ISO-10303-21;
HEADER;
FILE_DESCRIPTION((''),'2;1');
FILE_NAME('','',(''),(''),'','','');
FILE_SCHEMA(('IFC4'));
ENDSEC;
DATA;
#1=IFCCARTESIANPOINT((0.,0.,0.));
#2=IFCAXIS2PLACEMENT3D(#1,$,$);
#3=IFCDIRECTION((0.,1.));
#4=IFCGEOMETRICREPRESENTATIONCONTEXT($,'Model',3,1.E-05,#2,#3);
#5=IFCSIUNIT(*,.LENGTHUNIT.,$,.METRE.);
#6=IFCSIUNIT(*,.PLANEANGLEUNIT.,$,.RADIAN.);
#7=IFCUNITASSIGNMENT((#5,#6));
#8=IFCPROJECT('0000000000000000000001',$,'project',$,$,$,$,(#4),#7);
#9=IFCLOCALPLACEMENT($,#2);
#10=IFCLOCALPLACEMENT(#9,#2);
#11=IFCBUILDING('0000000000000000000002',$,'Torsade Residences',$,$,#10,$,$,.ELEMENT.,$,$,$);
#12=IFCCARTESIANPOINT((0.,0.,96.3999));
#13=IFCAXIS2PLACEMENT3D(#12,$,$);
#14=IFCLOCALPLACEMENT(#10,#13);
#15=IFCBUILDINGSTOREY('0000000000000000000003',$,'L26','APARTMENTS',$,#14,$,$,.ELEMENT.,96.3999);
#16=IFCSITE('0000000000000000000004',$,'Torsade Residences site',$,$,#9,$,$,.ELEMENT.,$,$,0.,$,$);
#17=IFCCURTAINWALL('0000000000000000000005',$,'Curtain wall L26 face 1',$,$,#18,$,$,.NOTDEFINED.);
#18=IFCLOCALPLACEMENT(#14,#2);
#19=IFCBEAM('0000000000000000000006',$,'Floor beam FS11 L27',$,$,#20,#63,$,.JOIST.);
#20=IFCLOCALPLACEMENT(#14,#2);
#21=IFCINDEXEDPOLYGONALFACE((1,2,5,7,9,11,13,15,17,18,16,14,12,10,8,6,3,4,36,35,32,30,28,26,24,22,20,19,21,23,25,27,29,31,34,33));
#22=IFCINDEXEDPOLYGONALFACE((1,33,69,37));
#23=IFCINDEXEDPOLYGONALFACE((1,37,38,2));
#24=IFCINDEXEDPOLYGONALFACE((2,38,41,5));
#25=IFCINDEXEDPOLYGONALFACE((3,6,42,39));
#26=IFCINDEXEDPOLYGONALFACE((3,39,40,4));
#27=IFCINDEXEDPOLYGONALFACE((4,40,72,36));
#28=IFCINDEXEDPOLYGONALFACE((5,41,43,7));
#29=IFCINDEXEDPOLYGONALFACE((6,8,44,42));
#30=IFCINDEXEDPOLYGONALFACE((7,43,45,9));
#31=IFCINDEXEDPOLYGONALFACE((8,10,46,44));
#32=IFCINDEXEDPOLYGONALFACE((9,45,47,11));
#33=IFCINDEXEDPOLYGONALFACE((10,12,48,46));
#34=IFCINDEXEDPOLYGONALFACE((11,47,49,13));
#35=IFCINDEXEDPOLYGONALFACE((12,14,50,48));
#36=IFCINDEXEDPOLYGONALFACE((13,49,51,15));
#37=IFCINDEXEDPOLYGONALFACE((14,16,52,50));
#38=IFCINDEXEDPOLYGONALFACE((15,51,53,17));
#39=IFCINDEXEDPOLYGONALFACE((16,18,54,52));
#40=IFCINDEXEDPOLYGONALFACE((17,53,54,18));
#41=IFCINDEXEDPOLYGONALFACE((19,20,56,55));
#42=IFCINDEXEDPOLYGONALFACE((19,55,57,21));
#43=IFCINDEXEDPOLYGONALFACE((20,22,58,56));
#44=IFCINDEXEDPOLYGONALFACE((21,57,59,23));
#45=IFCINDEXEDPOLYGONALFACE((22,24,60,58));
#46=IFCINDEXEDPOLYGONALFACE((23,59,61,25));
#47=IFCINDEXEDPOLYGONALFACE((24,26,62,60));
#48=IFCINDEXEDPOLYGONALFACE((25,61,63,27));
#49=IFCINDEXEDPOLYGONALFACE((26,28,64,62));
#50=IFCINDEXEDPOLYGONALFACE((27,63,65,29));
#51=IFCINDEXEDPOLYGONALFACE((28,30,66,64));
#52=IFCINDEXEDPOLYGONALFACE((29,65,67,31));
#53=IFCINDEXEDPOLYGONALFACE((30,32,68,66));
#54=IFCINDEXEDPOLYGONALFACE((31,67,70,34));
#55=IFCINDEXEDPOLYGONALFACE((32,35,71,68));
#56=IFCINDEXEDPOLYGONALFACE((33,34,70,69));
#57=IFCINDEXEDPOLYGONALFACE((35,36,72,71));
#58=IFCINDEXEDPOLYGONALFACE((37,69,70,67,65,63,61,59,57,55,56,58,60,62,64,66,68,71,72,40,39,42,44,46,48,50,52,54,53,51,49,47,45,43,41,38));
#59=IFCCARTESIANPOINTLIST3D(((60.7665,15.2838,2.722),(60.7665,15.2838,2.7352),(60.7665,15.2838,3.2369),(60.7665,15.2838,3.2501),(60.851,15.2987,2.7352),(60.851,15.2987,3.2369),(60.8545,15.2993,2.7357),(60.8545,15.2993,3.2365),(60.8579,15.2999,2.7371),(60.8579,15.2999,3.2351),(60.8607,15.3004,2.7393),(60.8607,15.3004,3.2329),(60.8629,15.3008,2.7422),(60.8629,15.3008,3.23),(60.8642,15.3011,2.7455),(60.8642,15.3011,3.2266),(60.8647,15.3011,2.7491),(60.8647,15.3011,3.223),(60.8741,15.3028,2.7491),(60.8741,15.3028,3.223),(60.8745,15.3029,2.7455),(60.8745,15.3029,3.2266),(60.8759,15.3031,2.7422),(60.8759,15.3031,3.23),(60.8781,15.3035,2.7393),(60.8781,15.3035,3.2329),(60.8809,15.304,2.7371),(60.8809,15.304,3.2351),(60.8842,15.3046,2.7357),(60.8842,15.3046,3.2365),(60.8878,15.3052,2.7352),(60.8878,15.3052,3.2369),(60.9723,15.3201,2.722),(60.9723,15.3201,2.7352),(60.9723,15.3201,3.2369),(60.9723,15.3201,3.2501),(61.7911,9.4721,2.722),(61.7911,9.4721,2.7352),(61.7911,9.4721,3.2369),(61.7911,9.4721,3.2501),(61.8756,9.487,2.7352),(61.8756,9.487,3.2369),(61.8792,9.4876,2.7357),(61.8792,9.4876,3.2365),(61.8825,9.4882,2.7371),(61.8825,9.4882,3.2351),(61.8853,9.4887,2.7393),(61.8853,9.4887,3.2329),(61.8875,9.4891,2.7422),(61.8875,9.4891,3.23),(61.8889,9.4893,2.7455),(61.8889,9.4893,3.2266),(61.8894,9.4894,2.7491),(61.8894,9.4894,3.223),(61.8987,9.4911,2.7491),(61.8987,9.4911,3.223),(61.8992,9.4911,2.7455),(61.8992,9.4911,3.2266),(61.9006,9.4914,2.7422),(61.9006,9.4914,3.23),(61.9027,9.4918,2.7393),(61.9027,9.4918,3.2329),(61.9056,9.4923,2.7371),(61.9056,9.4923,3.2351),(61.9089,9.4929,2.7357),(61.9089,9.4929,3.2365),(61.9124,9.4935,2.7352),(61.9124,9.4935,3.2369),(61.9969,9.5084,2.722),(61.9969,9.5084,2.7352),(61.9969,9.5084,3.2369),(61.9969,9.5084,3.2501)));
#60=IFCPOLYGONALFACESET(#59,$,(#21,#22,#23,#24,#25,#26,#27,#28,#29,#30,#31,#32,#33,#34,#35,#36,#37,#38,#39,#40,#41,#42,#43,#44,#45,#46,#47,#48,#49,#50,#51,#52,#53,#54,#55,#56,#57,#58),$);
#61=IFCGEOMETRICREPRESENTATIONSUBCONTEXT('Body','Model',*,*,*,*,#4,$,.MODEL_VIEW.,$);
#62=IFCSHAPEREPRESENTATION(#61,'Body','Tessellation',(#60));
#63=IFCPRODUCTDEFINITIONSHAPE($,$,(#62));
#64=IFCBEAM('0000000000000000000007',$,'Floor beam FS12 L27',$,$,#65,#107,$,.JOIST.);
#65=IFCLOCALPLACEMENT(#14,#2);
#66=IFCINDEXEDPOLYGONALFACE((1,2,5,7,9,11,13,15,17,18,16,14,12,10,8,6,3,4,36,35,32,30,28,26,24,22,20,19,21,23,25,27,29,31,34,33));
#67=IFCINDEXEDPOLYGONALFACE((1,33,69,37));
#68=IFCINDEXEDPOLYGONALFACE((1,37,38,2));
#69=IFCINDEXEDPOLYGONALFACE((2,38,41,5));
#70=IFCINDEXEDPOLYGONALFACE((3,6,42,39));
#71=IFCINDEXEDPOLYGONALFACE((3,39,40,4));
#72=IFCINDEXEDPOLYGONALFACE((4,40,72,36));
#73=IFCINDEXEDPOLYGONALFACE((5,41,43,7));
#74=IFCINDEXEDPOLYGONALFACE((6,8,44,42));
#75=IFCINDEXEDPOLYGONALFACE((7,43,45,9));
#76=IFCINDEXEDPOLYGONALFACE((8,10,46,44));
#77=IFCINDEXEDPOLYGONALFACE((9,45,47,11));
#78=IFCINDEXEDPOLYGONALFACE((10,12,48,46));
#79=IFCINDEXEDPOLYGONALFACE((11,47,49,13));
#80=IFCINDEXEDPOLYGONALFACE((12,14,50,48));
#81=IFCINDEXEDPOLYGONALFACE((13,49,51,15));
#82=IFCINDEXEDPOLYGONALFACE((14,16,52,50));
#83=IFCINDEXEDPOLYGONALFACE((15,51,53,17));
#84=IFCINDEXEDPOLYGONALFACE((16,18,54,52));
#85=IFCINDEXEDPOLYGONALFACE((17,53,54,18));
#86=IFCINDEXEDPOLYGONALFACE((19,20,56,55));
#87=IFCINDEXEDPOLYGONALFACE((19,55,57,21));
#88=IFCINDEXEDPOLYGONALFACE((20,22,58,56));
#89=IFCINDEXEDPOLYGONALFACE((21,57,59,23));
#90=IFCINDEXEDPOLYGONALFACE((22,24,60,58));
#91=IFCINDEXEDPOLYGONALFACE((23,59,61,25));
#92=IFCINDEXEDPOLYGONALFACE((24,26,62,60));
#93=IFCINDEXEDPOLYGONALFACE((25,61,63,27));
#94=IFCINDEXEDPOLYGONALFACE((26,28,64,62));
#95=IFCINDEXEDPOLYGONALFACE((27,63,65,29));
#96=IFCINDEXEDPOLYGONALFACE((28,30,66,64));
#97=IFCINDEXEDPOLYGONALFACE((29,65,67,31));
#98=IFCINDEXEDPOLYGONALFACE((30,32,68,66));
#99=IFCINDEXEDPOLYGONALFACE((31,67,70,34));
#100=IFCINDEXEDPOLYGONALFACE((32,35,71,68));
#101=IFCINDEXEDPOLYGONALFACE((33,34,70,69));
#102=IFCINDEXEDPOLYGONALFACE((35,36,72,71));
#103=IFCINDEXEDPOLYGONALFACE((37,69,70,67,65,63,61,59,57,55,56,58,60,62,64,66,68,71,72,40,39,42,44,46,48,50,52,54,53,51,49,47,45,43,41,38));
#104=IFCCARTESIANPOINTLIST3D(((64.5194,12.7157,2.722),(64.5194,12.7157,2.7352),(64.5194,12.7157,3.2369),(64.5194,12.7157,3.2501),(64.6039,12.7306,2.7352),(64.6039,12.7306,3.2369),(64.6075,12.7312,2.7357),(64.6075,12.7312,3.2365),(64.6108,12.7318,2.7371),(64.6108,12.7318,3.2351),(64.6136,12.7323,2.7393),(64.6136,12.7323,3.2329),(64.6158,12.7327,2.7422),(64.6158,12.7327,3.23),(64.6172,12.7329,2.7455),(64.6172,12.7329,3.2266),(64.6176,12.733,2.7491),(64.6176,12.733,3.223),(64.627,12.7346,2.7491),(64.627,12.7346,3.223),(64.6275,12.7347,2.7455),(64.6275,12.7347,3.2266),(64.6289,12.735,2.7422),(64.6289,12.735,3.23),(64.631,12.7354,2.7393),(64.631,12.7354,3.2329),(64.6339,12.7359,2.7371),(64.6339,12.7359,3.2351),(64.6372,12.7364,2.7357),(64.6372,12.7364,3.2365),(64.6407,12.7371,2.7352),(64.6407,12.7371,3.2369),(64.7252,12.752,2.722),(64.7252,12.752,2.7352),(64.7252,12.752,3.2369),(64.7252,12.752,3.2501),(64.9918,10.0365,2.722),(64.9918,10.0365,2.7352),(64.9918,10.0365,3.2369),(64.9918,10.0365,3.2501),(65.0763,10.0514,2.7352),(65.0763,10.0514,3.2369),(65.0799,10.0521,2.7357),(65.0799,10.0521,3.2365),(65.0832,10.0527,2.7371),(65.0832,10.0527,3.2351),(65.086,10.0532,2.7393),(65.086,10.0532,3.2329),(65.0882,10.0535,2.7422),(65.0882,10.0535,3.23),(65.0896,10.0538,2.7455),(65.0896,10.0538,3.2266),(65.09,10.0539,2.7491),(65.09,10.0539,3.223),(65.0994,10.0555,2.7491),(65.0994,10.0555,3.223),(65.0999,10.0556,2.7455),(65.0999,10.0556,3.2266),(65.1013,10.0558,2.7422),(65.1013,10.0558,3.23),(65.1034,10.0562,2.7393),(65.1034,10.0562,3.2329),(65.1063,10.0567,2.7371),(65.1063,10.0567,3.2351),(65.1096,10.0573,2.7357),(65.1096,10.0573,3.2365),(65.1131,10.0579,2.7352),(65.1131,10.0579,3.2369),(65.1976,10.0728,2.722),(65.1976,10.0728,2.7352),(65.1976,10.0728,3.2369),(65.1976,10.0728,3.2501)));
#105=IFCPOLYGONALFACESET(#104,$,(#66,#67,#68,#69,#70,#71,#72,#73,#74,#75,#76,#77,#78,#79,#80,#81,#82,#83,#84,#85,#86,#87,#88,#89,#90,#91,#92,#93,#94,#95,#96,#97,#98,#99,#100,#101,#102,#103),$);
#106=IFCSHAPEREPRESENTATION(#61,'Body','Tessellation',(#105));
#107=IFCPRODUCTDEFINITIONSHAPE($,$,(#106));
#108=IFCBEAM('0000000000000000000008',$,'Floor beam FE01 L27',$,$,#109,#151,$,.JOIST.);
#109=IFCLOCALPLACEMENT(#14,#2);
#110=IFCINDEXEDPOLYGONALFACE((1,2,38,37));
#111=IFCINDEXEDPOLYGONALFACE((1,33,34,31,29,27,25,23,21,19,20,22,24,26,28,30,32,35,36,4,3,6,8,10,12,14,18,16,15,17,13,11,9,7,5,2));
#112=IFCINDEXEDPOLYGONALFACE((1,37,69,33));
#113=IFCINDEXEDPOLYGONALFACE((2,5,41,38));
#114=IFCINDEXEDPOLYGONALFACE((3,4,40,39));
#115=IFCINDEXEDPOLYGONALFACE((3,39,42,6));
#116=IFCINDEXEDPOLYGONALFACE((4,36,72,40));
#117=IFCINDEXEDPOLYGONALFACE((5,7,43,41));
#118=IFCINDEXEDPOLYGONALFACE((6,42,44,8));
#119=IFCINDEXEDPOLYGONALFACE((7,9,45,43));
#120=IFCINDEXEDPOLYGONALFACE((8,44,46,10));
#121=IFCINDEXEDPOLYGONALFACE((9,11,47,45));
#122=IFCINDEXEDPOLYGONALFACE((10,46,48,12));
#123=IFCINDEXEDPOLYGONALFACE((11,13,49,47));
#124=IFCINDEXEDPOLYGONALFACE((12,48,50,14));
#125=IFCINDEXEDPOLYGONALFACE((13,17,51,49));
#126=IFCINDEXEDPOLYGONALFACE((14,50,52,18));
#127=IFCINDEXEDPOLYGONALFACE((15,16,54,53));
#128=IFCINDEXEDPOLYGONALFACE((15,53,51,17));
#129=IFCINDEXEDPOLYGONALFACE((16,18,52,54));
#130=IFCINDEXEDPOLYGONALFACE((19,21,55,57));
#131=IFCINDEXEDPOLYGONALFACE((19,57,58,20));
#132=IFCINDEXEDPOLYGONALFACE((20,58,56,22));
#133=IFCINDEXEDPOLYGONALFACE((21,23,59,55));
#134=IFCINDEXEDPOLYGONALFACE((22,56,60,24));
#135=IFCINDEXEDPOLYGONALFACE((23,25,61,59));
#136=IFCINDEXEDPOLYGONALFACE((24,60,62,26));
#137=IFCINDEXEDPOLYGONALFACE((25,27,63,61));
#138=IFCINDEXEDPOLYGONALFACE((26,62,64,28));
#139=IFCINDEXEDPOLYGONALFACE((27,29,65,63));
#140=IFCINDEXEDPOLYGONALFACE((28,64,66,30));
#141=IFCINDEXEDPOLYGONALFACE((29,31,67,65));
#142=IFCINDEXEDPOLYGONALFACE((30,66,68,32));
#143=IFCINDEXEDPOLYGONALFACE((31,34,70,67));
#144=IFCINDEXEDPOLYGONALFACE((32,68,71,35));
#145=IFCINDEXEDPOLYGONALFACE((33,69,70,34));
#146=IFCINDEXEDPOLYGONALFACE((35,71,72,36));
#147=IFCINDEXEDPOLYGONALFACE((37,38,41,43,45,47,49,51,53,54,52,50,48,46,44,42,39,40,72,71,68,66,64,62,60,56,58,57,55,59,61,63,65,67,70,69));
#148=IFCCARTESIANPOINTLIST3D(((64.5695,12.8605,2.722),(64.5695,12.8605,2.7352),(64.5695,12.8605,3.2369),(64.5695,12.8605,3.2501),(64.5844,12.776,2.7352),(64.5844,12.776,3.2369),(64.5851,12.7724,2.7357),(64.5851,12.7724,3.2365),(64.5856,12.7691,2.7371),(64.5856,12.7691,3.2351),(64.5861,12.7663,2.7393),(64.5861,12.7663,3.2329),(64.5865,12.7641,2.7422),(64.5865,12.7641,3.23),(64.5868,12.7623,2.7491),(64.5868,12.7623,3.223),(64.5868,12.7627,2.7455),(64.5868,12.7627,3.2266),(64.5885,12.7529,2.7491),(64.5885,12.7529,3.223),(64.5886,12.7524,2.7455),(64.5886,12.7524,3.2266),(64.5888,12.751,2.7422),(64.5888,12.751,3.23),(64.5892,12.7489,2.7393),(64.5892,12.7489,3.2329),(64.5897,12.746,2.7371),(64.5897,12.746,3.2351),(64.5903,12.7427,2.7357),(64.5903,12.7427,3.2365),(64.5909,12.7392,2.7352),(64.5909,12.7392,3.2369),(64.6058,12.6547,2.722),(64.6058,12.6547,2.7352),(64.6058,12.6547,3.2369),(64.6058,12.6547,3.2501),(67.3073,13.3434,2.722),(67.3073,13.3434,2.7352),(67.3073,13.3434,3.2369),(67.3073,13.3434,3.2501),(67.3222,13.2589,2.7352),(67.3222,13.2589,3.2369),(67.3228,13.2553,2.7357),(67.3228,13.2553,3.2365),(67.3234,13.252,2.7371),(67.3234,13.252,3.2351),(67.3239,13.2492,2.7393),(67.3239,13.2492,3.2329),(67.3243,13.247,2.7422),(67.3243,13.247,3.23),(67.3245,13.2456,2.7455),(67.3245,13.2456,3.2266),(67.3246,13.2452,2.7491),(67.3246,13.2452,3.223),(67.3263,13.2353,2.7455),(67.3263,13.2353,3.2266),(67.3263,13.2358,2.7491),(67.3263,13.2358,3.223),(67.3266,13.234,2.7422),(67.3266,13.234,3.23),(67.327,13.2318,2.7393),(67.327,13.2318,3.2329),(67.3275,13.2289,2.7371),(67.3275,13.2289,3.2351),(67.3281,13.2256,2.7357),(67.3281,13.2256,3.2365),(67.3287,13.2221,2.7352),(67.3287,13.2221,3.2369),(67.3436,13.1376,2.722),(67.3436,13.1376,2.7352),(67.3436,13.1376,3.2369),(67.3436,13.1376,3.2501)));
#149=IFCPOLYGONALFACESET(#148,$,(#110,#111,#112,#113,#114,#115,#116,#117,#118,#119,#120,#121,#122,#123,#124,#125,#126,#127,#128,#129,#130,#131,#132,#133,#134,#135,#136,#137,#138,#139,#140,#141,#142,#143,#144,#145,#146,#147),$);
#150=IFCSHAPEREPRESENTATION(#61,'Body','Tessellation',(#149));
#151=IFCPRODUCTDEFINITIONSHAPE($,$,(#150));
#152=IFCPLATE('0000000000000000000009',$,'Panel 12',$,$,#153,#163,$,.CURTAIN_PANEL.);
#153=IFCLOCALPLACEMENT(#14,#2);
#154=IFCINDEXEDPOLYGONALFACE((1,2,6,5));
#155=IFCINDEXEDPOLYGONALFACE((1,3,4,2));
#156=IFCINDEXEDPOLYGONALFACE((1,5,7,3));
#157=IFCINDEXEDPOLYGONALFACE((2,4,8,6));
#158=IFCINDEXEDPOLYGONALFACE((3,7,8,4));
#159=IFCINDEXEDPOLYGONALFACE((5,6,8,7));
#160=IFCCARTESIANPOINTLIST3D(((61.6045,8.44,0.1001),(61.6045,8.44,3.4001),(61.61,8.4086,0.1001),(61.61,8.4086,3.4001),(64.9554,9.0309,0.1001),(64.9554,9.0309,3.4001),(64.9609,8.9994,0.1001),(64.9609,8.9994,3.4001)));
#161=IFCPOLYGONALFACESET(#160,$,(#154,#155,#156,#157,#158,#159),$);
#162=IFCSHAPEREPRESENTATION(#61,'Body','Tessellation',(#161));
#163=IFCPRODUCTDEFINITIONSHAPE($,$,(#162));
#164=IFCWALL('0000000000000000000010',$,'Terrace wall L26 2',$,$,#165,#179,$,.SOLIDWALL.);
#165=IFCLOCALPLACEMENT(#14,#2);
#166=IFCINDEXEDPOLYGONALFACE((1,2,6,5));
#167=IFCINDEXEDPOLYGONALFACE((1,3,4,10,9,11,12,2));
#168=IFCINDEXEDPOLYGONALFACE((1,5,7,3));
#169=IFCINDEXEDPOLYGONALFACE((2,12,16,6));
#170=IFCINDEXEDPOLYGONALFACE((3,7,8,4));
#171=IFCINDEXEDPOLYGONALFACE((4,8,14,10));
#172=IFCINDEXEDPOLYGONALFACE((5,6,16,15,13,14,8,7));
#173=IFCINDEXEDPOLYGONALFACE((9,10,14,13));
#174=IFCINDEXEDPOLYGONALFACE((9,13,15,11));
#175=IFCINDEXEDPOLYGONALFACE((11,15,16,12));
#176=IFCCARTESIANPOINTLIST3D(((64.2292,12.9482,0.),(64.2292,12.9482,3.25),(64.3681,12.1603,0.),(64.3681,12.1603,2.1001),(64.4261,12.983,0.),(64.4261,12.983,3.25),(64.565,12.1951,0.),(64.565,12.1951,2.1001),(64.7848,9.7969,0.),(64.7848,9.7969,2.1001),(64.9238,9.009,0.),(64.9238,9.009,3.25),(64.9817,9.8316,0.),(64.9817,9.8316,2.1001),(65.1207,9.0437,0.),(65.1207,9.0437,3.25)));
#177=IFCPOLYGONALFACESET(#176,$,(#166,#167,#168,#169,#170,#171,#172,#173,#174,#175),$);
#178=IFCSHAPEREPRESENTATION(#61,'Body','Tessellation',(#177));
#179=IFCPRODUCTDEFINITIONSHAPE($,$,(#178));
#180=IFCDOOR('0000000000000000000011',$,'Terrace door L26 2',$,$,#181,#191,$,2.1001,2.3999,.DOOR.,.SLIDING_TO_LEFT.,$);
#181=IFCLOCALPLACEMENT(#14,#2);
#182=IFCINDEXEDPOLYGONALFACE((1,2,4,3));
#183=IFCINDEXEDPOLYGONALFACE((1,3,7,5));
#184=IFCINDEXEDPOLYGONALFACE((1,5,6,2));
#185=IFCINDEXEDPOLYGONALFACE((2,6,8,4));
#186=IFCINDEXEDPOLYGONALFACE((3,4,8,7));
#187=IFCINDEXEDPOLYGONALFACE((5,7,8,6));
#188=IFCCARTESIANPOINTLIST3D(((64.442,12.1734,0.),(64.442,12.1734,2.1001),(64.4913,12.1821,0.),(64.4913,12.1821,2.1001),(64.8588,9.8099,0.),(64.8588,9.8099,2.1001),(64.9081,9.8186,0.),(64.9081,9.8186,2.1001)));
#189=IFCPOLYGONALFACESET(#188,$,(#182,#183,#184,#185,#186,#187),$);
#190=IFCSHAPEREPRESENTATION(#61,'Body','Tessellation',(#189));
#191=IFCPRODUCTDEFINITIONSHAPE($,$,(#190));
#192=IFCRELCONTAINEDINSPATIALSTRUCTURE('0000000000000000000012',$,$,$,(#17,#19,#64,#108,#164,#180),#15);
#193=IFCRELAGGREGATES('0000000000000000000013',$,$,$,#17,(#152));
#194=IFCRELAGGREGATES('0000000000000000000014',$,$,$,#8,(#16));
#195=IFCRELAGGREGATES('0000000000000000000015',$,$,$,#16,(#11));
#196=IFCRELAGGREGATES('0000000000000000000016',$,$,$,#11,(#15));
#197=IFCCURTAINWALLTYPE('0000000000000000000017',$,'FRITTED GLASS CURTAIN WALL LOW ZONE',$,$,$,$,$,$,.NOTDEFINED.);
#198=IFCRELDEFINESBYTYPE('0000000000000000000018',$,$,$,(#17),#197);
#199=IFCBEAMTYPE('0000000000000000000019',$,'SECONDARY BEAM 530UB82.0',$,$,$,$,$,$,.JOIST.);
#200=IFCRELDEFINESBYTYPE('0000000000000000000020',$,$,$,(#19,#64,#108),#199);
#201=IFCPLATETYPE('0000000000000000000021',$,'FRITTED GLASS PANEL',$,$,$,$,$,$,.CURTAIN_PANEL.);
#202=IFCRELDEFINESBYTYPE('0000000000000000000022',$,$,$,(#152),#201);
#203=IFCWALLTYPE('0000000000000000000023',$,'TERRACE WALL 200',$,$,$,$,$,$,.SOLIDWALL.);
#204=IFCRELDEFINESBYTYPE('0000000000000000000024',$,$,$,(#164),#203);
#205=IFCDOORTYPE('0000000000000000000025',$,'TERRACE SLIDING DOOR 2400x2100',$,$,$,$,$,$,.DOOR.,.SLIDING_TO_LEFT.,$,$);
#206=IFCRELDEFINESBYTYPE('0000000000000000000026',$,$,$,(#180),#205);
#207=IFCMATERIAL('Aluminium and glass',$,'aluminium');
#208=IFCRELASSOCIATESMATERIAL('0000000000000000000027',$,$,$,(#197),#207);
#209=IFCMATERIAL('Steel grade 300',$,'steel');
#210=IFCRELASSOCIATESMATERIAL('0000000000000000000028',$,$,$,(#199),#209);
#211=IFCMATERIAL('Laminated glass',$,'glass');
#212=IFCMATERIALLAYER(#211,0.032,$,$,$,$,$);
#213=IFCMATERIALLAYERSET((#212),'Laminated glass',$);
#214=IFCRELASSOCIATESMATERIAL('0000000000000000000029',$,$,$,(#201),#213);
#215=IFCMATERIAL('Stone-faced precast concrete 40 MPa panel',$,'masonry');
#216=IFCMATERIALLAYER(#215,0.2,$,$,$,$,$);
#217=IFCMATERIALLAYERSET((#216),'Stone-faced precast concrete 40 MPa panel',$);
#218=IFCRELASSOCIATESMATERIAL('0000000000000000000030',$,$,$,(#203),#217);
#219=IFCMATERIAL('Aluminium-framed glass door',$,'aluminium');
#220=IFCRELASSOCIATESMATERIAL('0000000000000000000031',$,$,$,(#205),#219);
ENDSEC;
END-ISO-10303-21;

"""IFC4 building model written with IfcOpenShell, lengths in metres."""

from ifc_helpers import new_model, si_unit, direction, frame, frame_2d, origin, origin_2d, place, context, subcontext, project, spatial, rectangle, i_section, extrude, material, layer, layer_set, material_profile, profile_set, type_object, element, fill, aggregate, save


model = new_model("IFC4")

# Units and contexts
model_context = context("Model", 3, precision=1e-05, world=origin(), true_north=direction((0.0, 1.0)))
body_context = subcontext(model_context, "Body", "Model", "MODEL_VIEW")
ifc_project = project(units=[si_unit("LENGTHUNIT", "METRE"), si_unit("PLANEANGLEUNIT", "RADIAN")], contexts=[model_context])

# Site, building, storey
site_placement = place(None, origin())
site = spatial("IfcSite", under=ifc_project, at=site_placement, Name="Torsade Residences site", CompositionType="ELEMENT", RefElevation=0.0)
building_placement = place(site_placement, origin())
building = spatial("IfcBuilding", under=site, at=building_placement, Name="Torsade Residences", CompositionType="ELEMENT")
storey_placement = place(building_placement, frame((0.0, 0.0, 96.3999)))
storey = spatial("IfcBuildingStorey", under=building, at=storey_placement, Name="L26", Description="APARTMENTS", CompositionType="ELEMENT", Elevation=96.3999)

# Curtain wall
ifc_material_1 = material(Name="Aluminium and glass", Category="aluminium")
curtain_wall_type = type_object("IfcCurtainWallType", Name="FRITTED GLASS CURTAIN WALL LOW ZONE", PredefinedType="NOTDEFINED", material=ifc_material_1)
curtain_wall_1_placement = place(storey_placement, origin())
curtain_wall_1 = element("IfcCurtainWall", 1, at=curtain_wall_1_placement, inside=storey, type_object=curtain_wall_type, Name="Curtain wall L26 face 1", PredefinedType="NOTDEFINED")

# Beams
ifc_material_2 = material(Name="Steel grade 300", Category="steel")
ifc_material_profile_1 = material_profile(ifc_material_2, i_section(OverallWidth=0.209, OverallDepth=0.5281, WebThickness=0.0095, FlangeThickness=0.0132, FilletRadius=0.0139, at=origin_2d()), Name="530UB82.0")
ifc_profile_set_1 = profile_set([ifc_material_profile_1], Name="Steel grade 300")
beam_type_1 = type_object("IfcBeamType", Name="SECONDARY BEAM 530UB82.0", PredefinedType="JOIST", material=ifc_profile_set_1)
beam_1_placement = place(storey_placement, frame((61.894, 9.4902, 2.9861), z_axis=(-0.17363, 0.984811, 0.0), x_axis=(-0.984811, -0.17363, 0.0)))
element("IfcBeam", 2, at=beam_1_placement, inside=storey, type_object=beam_type_1, Name="Floor beam FS11 L27", PredefinedType="JOIST", context=body_context, shape_type="SweptSolid", body=[
    extrude(i_section(OverallWidth=0.209, OverallDepth=0.5281, WebThickness=0.0095, FlangeThickness=0.0132, FilletRadius=0.0139, at=origin_2d()), origin(), (0.0, 0.0, 1.0), 5.9014),
])
beam_2_placement = place(storey_placement, frame((65.0947, 10.0547, 2.9861), z_axis=(-0.173647, 0.984808, 0.0), x_axis=(-0.984808, -0.173647, 0.0)))
element("IfcBeam", 3, at=beam_2_placement, inside=storey, type_object=beam_type_1, Name="Floor beam FS12 L27", PredefinedType="JOIST", context=body_context, shape_type="SweptSolid", body=[
    extrude(i_section(OverallWidth=0.209, OverallDepth=0.5281, WebThickness=0.0095, FlangeThickness=0.0132, FilletRadius=0.0139, at=origin_2d()), origin(), (0.0, 0.0, 1.0), 2.7205),
])
beam_3_placement = place(storey_placement, frame((67.3254, 13.2405, 2.9861), z_axis=(-0.984798, -0.173705, 0.0), x_axis=(0.173705, -0.984798, 0.0)))
element("IfcBeam", 4, at=beam_3_placement, inside=storey, type_object=beam_type_1, Name="Floor beam FE01 L27", PredefinedType="JOIST", context=body_context, shape_type="SweptSolid", body=[
    extrude(i_section(OverallWidth=0.209, OverallDepth=0.5281, WebThickness=0.0095, FlangeThickness=0.0132, FilletRadius=0.0139, at=origin_2d()), origin(), (0.0, 0.0, 1.0), 2.78),
])

# Plate
ifc_material_3 = material(Name="Laminated glass", Category="glass")
ifc_layer_1 = layer(ifc_material_3, 0.032)
ifc_layer_set_1 = layer_set([ifc_layer_1], Name="Laminated glass")
plate_type = type_object("IfcPlateType", Name="FRITTED GLASS PANEL", PredefinedType="CURTAIN_PANEL", material=ifc_layer_set_1)
plate_placement = place(storey_placement, frame((63.2827, 8.7197, 0.1001), z_axis=(0.0, 0.0, 1.0), x_axis=(0.984808, 0.173648, 0.0)))
plate = element("IfcPlate", 5, at=plate_placement, type_object=plate_type, Name="Panel 12", PredefinedType="CURTAIN_PANEL", context=body_context, shape_type="SweptSolid", body=[
    extrude(rectangle(XDim=3.4026, YDim=0.032, at=origin_2d()), origin(), (0.0, 0.0, 1.0), 3.3),
])
aggregate(curtain_wall_1, [plate])

# Wall, opening, door
ifc_material_4 = material(Name="Stone-faced precast concrete 40 MPa panel", Category="masonry")
ifc_layer_2 = layer(ifc_material_4, 0.2)
ifc_layer_set_2 = layer_set([ifc_layer_2], Name="Stone-faced precast concrete 40 MPa panel")
wall_type = type_object("IfcWallType", Name="TERRACE WALL 200", PredefinedType="SOLIDWALL", material=ifc_layer_set_2)
wall_1_placement = place(storey_placement, frame((65.0222, 9.0264, 0.0), z_axis=(0.0, 0.0, 1.0), x_axis=(-0.173646, 0.984808, 0.0)))
wall_1 = element("IfcWall", 6, at=wall_1_placement, inside=storey, type_object=wall_type, Name="Terrace wall L26 2", PredefinedType="SOLIDWALL", context=body_context, shape_type="SweptSolid", body=[
    extrude(rectangle(XDim=4.0, YDim=0.2, at=frame_2d((2.0, 0.0))), origin(), (0.0, 0.0, 1.0), 3.25),
])
opening_1_placement = place(wall_1_placement, frame((0.8, 0.0, 0.0)))
opening_1 = element("IfcOpeningElement", 7, at=opening_1_placement, cuts=wall_1, PredefinedType="OPENING", context=body_context, shape_type="SweptSolid", body=[
    extrude(rectangle(XDim=2.3999, YDim=2.1001, at=frame_2d((1.2, 1.05))), frame((0.0, 0.1099, 0.0), z_axis=(0.0, -1.0, 0.0), x_axis=(1.0, 0.0, 0.0)), (0.0, 0.0, 1.0), 0.22),
])
ifc_material_5 = material(Name="Aluminium-framed glass door", Category="aluminium")
door_type = type_object("IfcDoorType", Name="TERRACE SLIDING DOOR 2400x2100", OperationType="SLIDING_TO_LEFT", PredefinedType="DOOR", material=ifc_material_5)
door_placement = place(opening_1_placement, origin())
door = element("IfcDoor", 8, at=door_placement, inside=storey, type_object=door_type, Name="Terrace door L26 2", OperationType="SLIDING_TO_LEFT", OverallHeight=2.1001, OverallWidth=2.3999, PredefinedType="DOOR", context=body_context, shape_type="SweptSolid", body=[
    extrude(rectangle(XDim=2.3999, YDim=2.1001, at=frame_2d((1.2, 1.05))), frame((0.0, 0.0249, 0.0), z_axis=(0.0, -1.0, 0.0), x_axis=(1.0, 0.0, 0.0)), (0.0, 0.0, 1.0), 0.05),
])
fill(opening_1, door)

save(model, "model.ifc")
